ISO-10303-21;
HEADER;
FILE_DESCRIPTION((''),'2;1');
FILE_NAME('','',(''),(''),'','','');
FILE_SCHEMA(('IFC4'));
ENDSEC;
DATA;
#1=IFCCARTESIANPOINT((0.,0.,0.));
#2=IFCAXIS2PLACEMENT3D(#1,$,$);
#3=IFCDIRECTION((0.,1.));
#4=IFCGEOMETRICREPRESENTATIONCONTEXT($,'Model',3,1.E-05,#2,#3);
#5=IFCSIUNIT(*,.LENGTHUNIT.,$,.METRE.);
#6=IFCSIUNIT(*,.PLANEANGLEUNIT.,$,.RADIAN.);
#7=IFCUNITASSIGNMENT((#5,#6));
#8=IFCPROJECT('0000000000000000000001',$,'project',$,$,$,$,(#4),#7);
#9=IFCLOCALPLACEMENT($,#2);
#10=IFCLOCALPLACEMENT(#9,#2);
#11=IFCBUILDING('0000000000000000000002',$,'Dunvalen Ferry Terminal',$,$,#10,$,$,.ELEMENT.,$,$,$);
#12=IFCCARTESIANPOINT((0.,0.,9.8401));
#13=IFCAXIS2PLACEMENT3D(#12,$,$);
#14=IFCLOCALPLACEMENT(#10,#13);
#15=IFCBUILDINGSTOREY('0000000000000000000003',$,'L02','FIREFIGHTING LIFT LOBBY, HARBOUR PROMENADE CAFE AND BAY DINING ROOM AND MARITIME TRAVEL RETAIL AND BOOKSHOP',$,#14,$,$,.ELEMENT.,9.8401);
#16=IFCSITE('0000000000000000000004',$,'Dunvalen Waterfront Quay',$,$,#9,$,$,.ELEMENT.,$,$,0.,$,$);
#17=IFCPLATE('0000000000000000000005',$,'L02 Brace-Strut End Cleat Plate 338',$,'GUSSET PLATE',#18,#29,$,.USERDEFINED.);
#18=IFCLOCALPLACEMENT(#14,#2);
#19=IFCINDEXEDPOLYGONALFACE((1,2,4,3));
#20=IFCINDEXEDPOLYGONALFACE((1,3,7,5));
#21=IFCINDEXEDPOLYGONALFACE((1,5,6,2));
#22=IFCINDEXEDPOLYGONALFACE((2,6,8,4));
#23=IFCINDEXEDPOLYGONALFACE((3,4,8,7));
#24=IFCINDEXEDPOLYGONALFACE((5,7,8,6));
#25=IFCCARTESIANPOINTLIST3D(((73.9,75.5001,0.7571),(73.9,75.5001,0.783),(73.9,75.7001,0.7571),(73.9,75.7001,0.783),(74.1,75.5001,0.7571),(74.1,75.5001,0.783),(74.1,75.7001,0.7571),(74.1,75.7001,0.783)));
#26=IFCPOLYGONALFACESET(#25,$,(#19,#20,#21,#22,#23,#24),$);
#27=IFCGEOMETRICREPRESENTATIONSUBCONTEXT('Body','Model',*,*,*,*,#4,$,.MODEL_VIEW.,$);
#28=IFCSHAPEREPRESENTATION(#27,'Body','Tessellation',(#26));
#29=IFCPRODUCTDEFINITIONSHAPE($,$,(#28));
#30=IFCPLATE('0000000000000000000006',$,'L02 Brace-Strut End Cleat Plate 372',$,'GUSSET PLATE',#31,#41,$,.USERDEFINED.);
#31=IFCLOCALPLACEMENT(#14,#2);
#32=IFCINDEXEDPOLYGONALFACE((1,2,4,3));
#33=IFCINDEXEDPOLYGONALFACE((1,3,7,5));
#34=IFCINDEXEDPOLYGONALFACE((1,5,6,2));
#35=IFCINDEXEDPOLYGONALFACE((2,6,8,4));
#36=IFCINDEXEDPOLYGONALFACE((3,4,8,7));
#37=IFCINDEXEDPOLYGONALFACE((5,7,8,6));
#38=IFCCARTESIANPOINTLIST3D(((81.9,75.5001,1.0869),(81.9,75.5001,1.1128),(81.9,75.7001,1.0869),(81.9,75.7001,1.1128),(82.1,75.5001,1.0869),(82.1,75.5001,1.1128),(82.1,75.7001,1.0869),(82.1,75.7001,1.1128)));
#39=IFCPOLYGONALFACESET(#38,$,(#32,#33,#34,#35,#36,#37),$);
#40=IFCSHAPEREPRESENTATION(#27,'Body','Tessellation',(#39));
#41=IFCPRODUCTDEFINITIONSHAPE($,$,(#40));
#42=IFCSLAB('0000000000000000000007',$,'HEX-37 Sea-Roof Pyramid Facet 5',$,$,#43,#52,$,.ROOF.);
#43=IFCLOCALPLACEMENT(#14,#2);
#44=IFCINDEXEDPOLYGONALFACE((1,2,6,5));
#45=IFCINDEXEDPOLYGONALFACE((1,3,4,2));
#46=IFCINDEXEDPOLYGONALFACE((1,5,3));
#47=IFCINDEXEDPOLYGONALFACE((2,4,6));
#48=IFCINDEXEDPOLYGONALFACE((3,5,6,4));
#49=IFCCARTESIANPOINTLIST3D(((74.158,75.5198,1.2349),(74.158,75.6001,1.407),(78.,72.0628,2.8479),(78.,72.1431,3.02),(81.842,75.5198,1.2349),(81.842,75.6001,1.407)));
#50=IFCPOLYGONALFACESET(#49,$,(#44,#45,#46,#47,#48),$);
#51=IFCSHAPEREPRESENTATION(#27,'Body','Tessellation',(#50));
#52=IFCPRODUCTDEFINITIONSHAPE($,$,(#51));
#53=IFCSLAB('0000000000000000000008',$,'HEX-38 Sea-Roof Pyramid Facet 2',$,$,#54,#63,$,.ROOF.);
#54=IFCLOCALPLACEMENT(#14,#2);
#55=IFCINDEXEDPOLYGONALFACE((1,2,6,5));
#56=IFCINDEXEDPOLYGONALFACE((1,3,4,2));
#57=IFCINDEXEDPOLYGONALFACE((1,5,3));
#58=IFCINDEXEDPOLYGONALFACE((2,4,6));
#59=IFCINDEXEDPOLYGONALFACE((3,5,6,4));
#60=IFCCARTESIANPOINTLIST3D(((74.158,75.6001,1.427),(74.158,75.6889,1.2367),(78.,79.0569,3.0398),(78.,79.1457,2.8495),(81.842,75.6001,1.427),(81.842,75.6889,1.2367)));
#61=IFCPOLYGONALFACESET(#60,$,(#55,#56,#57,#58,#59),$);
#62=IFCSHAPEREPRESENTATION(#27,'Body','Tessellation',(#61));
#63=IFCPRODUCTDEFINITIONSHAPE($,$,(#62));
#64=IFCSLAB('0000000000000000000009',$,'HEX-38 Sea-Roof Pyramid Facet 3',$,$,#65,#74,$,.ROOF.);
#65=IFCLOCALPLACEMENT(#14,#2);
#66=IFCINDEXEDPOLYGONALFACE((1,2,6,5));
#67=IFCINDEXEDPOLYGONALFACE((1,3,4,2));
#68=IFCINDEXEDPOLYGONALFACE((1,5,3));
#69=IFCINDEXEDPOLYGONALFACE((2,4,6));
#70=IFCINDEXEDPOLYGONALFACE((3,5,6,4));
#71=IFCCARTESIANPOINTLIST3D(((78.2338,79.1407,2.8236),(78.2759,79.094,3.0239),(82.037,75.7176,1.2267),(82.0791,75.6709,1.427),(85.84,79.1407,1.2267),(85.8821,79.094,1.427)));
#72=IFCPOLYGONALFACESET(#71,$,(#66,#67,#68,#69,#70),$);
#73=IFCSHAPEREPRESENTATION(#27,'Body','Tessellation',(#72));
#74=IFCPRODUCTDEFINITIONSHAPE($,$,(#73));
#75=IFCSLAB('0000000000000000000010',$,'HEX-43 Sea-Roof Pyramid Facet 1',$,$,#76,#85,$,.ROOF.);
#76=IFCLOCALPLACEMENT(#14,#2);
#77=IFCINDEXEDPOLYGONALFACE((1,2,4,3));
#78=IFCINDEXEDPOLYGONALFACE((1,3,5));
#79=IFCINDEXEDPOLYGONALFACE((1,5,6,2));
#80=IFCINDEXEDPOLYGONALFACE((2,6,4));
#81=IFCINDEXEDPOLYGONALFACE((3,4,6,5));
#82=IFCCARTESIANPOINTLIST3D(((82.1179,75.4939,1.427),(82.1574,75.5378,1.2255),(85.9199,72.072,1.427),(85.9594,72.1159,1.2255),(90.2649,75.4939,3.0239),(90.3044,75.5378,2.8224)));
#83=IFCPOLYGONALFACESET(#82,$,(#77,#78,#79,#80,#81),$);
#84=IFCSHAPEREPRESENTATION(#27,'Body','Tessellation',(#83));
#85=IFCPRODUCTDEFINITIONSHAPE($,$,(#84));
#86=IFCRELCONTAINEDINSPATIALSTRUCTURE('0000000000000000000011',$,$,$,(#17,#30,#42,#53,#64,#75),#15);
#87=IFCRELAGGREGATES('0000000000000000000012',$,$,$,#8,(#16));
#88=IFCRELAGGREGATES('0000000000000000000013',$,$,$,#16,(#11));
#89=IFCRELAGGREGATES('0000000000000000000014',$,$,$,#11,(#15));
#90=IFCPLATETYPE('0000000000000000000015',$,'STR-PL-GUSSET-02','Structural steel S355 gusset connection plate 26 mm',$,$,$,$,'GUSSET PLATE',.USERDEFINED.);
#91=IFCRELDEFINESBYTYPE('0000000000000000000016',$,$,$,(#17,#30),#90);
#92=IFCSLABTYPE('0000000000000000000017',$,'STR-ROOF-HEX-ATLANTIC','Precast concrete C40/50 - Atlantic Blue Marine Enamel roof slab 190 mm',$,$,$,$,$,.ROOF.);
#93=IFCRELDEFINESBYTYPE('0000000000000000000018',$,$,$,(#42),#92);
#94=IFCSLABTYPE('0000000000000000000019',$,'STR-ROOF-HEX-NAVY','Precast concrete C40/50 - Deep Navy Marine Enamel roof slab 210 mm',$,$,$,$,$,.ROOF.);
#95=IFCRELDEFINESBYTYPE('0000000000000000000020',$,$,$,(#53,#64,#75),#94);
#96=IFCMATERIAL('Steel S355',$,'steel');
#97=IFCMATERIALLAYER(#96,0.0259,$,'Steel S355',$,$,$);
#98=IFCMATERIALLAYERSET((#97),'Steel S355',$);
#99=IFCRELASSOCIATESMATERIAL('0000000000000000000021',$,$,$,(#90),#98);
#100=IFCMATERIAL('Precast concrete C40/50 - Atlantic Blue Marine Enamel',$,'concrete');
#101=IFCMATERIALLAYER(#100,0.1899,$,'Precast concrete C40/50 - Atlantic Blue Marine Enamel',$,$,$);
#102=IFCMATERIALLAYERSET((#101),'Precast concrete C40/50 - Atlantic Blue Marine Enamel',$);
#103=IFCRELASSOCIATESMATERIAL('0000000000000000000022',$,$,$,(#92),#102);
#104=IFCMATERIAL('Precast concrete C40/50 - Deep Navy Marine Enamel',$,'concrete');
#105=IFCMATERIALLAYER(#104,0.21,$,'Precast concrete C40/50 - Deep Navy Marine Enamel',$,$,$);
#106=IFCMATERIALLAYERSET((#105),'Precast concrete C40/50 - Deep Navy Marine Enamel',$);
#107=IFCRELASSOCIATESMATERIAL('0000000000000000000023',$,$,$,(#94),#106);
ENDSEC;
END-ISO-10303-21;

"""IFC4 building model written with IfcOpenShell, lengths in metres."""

from ifc_helpers import new_model, si_unit, direction, frame, origin, origin_2d, place, context, subcontext, project, spatial, polyline, rectangle, outline, extrude, material, layer, layer_set, type_object, element, save


model = new_model("IFC4")

# Units and contexts
model_context = context("Model", 3, precision=1e-05, world=origin(), true_north=direction((0.0, 1.0)))
body_context = subcontext(model_context, "Body", "Model", "MODEL_VIEW")
ifc_project = project(units=[si_unit("LENGTHUNIT", "METRE"), si_unit("PLANEANGLEUNIT", "RADIAN")], contexts=[model_context])

# Site, building, storey
site_placement = place(None, origin())
site = spatial("IfcSite", under=ifc_project, at=site_placement, Name="Dunvalen Waterfront Quay", CompositionType="ELEMENT", RefElevation=0.0)
building_placement = place(site_placement, origin())
building = spatial("IfcBuilding", under=site, at=building_placement, Name="Dunvalen Ferry Terminal", CompositionType="ELEMENT")
storey_placement = place(building_placement, frame((0.0, 0.0, 9.8401)))
storey = spatial("IfcBuildingStorey", under=building, at=storey_placement, Name="L02", Description="FIREFIGHTING LIFT LOBBY, HARBOUR PROMENADE CAFE AND BAY DINING ROOM AND MARITIME TRAVEL RETAIL AND BOOKSHOP", CompositionType="ELEMENT", Elevation=9.8401)

# Shared definitions
ifc_material_1 = material(Name="Steel S355", Category="steel")

# Plates
ifc_layer_1 = layer(ifc_material_1, 0.0259, Name="Steel S355")
ifc_layer_set_1 = layer_set([ifc_layer_1], Name="Steel S355")
plate_type_1 = type_object("IfcPlateType", Name="STR-PL-GUSSET-02", Description="Structural steel S355 gusset connection plate 26 mm", ElementType="GUSSET PLATE", PredefinedType="USERDEFINED", material=ifc_layer_set_1)
for number, where, z_axis, x_axis, name in (
    (1, (74.0, 75.6001, 0.7571), (0.0, 0.0, 1.0), (1.0, 0.0, 0.0), "L02 Brace-Strut End Cleat Plate 338"),
    (2, (82.0, 75.6001, 1.0869), (0.0, 0.0, 1.0), (1.0, 0.0, 0.0), "L02 Brace-Strut End Cleat Plate 372"),
):
    element("IfcPlate", number, at=place(storey_placement, frame(where, z_axis=z_axis, x_axis=x_axis)), inside=storey, type_object=plate_type_1, Name=name, ObjectType="GUSSET PLATE", PredefinedType="USERDEFINED", context=body_context, shape_type="SweptSolid", body=[
        extrude(rectangle(XDim=0.2, YDim=0.2, at=origin_2d()), origin(), (0.0, 0.0, 1.0), 0.0259),
    ])

# Slabs
ifc_material_2 = material(Name="Precast concrete C40/50 - Atlantic Blue Marine Enamel", Category="concrete")
ifc_layer_2 = layer(ifc_material_2, 0.1899, Name="Precast concrete C40/50 - Atlantic Blue Marine Enamel")
ifc_layer_set_2 = layer_set([ifc_layer_2], Name="Precast concrete C40/50 - Atlantic Blue Marine Enamel")
slab_type_1 = type_object("IfcSlabType", Name="STR-ROOF-HEX-ATLANTIC", Description="Precast concrete C40/50 - Atlantic Blue Marine Enamel roof slab 190 mm", PredefinedType="ROOF", material=ifc_layer_set_2)
slab_1_placement = place(storey_placement, frame((81.842, 75.6001, 1.407), z_axis=(0.0, 0.422833, 0.906208), x_axis=(-1.0, 0.0, 0.0)))
element("IfcSlab", 3, at=slab_1_placement, inside=storey, type_object=slab_type_1, Name="HEX-37 Sea-Roof Pyramid Facet 5", PredefinedType="ROOF", context=body_context, shape_type="SweptSolid", body=[
    extrude(outline(polyline([(0.0, 0.0), (7.6841, 0.0), (3.842, 3.8148), (0.0, 0.0)])), origin(), (0.0, 0.0, -1.0), 0.1899),
])
ifc_material_3 = material(Name="Precast concrete C40/50 - Deep Navy Marine Enamel", Category="concrete")
ifc_layer_3 = layer(ifc_material_3, 0.21, Name="Precast concrete C40/50 - Deep Navy Marine Enamel")
ifc_layer_set_3 = layer_set([ifc_layer_3], Name="Precast concrete C40/50 - Deep Navy Marine Enamel")
slab_type_2 = type_object("IfcSlabType", Name="STR-ROOF-HEX-NAVY", Description="Precast concrete C40/50 - Deep Navy Marine Enamel roof slab 210 mm", PredefinedType="ROOF", material=ifc_layer_set_3)
slab_2_placement = place(storey_placement, frame((74.158, 75.6001, 1.427), z_axis=(0.0, -0.422805, 0.906221), x_axis=(1.0, 0.0, 0.0)))
element("IfcSlab", 4, at=slab_2_placement, inside=storey, type_object=slab_type_2, Name="HEX-38 Sea-Roof Pyramid Facet 2", PredefinedType="ROOF", context=body_context, shape_type="SweptSolid", body=[
    extrude(outline(polyline([(0.0, 0.0), (7.6841, 0.0), (3.842, 3.8145), (0.0, 0.0)])), origin(), (0.0, 0.0, -1.0), 0.21),
])
slab_3_placement = place(storey_placement, frame((82.0791, 75.6709, 1.427), z_axis=(0.200318, -0.222548, 0.95412), x_axis=(0.743254, 0.66901, 0.0)))
element("IfcSlab", 5, at=slab_3_placement, inside=storey, type_object=slab_type_2, Name="HEX-38 Sea-Roof Pyramid Facet 3", PredefinedType="ROOF", context=body_context, shape_type="SweptSolid", body=[
    extrude(outline(polyline([(0.0, 0.0), (5.1167, 0.0), (-0.5367, 5.3333), (0.0, 0.0)])), origin(), (0.0, 0.0, -1.0), 0.21),
])
slab_4_placement = place(storey_placement, frame((82.1179, 75.4939, 1.427), z_axis=(-0.188106, -0.209002, 0.959653), x_axis=(0.743287, -0.668973, 0.0)))
element("IfcSlab", 6, at=slab_4_placement, inside=storey, type_object=slab_type_2, Name="HEX-43 Sea-Roof Pyramid Facet 1", PredefinedType="ROOF", context=body_context, shape_type="SweptSolid", body=[
    extrude(outline(polyline([(0.0, 0.0), (5.1151, 0.0), (6.0555, 5.6792), (0.0, 0.0)])), origin(), (0.0, 0.0, -1.0), 0.21),
])

save(model, "model.ifc")
